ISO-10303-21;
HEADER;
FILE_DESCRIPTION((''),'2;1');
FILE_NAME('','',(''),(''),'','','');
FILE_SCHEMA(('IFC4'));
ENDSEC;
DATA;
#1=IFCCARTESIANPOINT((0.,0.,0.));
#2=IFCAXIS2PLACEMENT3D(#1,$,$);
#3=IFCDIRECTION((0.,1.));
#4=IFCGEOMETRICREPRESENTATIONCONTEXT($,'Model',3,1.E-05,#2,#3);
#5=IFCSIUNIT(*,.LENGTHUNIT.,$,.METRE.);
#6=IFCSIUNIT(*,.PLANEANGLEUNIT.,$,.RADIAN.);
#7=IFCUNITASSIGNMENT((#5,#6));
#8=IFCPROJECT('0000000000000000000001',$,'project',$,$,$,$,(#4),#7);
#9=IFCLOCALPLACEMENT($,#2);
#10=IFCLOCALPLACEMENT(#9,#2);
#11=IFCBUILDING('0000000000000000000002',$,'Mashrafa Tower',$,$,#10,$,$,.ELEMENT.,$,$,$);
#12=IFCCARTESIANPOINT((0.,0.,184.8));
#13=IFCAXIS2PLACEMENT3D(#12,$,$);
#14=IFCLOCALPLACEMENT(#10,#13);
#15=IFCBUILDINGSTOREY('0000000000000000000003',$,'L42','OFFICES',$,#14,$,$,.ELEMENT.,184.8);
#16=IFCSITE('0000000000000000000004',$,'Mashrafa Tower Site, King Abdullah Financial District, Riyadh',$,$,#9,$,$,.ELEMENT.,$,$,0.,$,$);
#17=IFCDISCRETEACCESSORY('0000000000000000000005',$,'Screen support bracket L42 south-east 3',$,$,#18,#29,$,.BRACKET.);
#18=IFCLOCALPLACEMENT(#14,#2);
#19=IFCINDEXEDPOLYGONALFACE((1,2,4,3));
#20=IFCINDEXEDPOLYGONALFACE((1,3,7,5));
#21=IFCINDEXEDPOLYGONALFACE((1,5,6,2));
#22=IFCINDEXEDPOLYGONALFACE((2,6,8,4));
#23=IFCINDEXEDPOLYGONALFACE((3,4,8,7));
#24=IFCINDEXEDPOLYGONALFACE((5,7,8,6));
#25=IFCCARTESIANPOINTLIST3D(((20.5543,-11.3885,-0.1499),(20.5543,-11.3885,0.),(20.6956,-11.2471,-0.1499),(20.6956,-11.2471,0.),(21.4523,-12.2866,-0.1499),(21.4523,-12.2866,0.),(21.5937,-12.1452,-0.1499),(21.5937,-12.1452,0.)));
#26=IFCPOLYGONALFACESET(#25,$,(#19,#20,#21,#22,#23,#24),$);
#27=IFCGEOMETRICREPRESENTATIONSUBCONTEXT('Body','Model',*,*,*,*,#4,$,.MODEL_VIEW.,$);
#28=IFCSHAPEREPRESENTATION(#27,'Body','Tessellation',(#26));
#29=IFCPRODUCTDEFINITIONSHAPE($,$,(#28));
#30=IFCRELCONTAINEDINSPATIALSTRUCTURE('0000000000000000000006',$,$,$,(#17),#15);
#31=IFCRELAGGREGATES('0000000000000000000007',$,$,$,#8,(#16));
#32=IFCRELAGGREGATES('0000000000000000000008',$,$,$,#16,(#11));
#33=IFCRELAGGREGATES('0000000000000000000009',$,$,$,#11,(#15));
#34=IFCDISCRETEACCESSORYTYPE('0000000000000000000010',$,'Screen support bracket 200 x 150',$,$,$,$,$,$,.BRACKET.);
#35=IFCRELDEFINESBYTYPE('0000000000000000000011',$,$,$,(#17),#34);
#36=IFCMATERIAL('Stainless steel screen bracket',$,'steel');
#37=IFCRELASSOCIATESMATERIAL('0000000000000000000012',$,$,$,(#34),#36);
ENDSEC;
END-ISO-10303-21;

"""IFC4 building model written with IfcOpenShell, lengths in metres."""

from ifc_helpers import new_model, si_unit, direction, frame, origin, origin_2d, place, context, subcontext, project, spatial, rectangle, extrude, source, transform, mapped, material, type_object, type_shapes, element, save


model = new_model("IFC4")

# Units and contexts
model_context = context("Model", 3, precision=1e-05, world=origin(), true_north=direction((0.0, 1.0)))
body_context = subcontext(model_context, "Body", "Model", "MODEL_VIEW")
ifc_project = project(units=[si_unit("LENGTHUNIT", "METRE"), si_unit("PLANEANGLEUNIT", "RADIAN")], contexts=[model_context])

# Site, building, storey
site_placement = place(None, origin())
site = spatial("IfcSite", under=ifc_project, at=site_placement, Name="Mashrafa Tower Site, King Abdullah Financial District, Riyadh", CompositionType="ELEMENT", RefElevation=0.0)
building_placement = place(site_placement, origin())
building = spatial("IfcBuilding", under=site, at=building_placement, Name="Mashrafa Tower", CompositionType="ELEMENT")
storey_placement = place(building_placement, frame((0.0, 0.0, 184.8)))
storey = spatial("IfcBuildingStorey", under=building, at=storey_placement, Name="L42", Description="OFFICES", CompositionType="ELEMENT", Elevation=184.8)

# Discrete accessory
ifc_material_1 = material(Name="Stainless steel screen bracket", Category="steel")
discrete_accessory_type = type_object("IfcDiscreteAccessoryType", Name="Screen support bracket 200 x 150", PredefinedType="BRACKET", material=ifc_material_1)
shared_shape_1 = source(origin(), body_context, "Body", "SweptSolid", [
    extrude(rectangle(XDim=0.2, YDim=1.27, at=origin_2d()), origin(), (0.0, 0.0, 1.0), 0.1499),
])
type_shapes(discrete_accessory_type, [shared_shape_1])
for number, where, z_axis, x_axis, name in (
    (1, (21.074, -11.7668, -0.1499), (0.0, 0.0, 1.0), (0.707107, 0.707107, 0.0), "Screen support bracket L42 south-east 3"),
):
    element("IfcDiscreteAccessory", number, at=place(storey_placement, frame(where, z_axis=z_axis, x_axis=x_axis)), inside=storey, type_object=discrete_accessory_type, Name=name, PredefinedType="BRACKET", context=body_context, shape_type="MappedRepresentation", body=[
        mapped(shared_shape_1, transform((0.0, 0.0, 0.0))),
    ])

save(model, "model.ifc")
